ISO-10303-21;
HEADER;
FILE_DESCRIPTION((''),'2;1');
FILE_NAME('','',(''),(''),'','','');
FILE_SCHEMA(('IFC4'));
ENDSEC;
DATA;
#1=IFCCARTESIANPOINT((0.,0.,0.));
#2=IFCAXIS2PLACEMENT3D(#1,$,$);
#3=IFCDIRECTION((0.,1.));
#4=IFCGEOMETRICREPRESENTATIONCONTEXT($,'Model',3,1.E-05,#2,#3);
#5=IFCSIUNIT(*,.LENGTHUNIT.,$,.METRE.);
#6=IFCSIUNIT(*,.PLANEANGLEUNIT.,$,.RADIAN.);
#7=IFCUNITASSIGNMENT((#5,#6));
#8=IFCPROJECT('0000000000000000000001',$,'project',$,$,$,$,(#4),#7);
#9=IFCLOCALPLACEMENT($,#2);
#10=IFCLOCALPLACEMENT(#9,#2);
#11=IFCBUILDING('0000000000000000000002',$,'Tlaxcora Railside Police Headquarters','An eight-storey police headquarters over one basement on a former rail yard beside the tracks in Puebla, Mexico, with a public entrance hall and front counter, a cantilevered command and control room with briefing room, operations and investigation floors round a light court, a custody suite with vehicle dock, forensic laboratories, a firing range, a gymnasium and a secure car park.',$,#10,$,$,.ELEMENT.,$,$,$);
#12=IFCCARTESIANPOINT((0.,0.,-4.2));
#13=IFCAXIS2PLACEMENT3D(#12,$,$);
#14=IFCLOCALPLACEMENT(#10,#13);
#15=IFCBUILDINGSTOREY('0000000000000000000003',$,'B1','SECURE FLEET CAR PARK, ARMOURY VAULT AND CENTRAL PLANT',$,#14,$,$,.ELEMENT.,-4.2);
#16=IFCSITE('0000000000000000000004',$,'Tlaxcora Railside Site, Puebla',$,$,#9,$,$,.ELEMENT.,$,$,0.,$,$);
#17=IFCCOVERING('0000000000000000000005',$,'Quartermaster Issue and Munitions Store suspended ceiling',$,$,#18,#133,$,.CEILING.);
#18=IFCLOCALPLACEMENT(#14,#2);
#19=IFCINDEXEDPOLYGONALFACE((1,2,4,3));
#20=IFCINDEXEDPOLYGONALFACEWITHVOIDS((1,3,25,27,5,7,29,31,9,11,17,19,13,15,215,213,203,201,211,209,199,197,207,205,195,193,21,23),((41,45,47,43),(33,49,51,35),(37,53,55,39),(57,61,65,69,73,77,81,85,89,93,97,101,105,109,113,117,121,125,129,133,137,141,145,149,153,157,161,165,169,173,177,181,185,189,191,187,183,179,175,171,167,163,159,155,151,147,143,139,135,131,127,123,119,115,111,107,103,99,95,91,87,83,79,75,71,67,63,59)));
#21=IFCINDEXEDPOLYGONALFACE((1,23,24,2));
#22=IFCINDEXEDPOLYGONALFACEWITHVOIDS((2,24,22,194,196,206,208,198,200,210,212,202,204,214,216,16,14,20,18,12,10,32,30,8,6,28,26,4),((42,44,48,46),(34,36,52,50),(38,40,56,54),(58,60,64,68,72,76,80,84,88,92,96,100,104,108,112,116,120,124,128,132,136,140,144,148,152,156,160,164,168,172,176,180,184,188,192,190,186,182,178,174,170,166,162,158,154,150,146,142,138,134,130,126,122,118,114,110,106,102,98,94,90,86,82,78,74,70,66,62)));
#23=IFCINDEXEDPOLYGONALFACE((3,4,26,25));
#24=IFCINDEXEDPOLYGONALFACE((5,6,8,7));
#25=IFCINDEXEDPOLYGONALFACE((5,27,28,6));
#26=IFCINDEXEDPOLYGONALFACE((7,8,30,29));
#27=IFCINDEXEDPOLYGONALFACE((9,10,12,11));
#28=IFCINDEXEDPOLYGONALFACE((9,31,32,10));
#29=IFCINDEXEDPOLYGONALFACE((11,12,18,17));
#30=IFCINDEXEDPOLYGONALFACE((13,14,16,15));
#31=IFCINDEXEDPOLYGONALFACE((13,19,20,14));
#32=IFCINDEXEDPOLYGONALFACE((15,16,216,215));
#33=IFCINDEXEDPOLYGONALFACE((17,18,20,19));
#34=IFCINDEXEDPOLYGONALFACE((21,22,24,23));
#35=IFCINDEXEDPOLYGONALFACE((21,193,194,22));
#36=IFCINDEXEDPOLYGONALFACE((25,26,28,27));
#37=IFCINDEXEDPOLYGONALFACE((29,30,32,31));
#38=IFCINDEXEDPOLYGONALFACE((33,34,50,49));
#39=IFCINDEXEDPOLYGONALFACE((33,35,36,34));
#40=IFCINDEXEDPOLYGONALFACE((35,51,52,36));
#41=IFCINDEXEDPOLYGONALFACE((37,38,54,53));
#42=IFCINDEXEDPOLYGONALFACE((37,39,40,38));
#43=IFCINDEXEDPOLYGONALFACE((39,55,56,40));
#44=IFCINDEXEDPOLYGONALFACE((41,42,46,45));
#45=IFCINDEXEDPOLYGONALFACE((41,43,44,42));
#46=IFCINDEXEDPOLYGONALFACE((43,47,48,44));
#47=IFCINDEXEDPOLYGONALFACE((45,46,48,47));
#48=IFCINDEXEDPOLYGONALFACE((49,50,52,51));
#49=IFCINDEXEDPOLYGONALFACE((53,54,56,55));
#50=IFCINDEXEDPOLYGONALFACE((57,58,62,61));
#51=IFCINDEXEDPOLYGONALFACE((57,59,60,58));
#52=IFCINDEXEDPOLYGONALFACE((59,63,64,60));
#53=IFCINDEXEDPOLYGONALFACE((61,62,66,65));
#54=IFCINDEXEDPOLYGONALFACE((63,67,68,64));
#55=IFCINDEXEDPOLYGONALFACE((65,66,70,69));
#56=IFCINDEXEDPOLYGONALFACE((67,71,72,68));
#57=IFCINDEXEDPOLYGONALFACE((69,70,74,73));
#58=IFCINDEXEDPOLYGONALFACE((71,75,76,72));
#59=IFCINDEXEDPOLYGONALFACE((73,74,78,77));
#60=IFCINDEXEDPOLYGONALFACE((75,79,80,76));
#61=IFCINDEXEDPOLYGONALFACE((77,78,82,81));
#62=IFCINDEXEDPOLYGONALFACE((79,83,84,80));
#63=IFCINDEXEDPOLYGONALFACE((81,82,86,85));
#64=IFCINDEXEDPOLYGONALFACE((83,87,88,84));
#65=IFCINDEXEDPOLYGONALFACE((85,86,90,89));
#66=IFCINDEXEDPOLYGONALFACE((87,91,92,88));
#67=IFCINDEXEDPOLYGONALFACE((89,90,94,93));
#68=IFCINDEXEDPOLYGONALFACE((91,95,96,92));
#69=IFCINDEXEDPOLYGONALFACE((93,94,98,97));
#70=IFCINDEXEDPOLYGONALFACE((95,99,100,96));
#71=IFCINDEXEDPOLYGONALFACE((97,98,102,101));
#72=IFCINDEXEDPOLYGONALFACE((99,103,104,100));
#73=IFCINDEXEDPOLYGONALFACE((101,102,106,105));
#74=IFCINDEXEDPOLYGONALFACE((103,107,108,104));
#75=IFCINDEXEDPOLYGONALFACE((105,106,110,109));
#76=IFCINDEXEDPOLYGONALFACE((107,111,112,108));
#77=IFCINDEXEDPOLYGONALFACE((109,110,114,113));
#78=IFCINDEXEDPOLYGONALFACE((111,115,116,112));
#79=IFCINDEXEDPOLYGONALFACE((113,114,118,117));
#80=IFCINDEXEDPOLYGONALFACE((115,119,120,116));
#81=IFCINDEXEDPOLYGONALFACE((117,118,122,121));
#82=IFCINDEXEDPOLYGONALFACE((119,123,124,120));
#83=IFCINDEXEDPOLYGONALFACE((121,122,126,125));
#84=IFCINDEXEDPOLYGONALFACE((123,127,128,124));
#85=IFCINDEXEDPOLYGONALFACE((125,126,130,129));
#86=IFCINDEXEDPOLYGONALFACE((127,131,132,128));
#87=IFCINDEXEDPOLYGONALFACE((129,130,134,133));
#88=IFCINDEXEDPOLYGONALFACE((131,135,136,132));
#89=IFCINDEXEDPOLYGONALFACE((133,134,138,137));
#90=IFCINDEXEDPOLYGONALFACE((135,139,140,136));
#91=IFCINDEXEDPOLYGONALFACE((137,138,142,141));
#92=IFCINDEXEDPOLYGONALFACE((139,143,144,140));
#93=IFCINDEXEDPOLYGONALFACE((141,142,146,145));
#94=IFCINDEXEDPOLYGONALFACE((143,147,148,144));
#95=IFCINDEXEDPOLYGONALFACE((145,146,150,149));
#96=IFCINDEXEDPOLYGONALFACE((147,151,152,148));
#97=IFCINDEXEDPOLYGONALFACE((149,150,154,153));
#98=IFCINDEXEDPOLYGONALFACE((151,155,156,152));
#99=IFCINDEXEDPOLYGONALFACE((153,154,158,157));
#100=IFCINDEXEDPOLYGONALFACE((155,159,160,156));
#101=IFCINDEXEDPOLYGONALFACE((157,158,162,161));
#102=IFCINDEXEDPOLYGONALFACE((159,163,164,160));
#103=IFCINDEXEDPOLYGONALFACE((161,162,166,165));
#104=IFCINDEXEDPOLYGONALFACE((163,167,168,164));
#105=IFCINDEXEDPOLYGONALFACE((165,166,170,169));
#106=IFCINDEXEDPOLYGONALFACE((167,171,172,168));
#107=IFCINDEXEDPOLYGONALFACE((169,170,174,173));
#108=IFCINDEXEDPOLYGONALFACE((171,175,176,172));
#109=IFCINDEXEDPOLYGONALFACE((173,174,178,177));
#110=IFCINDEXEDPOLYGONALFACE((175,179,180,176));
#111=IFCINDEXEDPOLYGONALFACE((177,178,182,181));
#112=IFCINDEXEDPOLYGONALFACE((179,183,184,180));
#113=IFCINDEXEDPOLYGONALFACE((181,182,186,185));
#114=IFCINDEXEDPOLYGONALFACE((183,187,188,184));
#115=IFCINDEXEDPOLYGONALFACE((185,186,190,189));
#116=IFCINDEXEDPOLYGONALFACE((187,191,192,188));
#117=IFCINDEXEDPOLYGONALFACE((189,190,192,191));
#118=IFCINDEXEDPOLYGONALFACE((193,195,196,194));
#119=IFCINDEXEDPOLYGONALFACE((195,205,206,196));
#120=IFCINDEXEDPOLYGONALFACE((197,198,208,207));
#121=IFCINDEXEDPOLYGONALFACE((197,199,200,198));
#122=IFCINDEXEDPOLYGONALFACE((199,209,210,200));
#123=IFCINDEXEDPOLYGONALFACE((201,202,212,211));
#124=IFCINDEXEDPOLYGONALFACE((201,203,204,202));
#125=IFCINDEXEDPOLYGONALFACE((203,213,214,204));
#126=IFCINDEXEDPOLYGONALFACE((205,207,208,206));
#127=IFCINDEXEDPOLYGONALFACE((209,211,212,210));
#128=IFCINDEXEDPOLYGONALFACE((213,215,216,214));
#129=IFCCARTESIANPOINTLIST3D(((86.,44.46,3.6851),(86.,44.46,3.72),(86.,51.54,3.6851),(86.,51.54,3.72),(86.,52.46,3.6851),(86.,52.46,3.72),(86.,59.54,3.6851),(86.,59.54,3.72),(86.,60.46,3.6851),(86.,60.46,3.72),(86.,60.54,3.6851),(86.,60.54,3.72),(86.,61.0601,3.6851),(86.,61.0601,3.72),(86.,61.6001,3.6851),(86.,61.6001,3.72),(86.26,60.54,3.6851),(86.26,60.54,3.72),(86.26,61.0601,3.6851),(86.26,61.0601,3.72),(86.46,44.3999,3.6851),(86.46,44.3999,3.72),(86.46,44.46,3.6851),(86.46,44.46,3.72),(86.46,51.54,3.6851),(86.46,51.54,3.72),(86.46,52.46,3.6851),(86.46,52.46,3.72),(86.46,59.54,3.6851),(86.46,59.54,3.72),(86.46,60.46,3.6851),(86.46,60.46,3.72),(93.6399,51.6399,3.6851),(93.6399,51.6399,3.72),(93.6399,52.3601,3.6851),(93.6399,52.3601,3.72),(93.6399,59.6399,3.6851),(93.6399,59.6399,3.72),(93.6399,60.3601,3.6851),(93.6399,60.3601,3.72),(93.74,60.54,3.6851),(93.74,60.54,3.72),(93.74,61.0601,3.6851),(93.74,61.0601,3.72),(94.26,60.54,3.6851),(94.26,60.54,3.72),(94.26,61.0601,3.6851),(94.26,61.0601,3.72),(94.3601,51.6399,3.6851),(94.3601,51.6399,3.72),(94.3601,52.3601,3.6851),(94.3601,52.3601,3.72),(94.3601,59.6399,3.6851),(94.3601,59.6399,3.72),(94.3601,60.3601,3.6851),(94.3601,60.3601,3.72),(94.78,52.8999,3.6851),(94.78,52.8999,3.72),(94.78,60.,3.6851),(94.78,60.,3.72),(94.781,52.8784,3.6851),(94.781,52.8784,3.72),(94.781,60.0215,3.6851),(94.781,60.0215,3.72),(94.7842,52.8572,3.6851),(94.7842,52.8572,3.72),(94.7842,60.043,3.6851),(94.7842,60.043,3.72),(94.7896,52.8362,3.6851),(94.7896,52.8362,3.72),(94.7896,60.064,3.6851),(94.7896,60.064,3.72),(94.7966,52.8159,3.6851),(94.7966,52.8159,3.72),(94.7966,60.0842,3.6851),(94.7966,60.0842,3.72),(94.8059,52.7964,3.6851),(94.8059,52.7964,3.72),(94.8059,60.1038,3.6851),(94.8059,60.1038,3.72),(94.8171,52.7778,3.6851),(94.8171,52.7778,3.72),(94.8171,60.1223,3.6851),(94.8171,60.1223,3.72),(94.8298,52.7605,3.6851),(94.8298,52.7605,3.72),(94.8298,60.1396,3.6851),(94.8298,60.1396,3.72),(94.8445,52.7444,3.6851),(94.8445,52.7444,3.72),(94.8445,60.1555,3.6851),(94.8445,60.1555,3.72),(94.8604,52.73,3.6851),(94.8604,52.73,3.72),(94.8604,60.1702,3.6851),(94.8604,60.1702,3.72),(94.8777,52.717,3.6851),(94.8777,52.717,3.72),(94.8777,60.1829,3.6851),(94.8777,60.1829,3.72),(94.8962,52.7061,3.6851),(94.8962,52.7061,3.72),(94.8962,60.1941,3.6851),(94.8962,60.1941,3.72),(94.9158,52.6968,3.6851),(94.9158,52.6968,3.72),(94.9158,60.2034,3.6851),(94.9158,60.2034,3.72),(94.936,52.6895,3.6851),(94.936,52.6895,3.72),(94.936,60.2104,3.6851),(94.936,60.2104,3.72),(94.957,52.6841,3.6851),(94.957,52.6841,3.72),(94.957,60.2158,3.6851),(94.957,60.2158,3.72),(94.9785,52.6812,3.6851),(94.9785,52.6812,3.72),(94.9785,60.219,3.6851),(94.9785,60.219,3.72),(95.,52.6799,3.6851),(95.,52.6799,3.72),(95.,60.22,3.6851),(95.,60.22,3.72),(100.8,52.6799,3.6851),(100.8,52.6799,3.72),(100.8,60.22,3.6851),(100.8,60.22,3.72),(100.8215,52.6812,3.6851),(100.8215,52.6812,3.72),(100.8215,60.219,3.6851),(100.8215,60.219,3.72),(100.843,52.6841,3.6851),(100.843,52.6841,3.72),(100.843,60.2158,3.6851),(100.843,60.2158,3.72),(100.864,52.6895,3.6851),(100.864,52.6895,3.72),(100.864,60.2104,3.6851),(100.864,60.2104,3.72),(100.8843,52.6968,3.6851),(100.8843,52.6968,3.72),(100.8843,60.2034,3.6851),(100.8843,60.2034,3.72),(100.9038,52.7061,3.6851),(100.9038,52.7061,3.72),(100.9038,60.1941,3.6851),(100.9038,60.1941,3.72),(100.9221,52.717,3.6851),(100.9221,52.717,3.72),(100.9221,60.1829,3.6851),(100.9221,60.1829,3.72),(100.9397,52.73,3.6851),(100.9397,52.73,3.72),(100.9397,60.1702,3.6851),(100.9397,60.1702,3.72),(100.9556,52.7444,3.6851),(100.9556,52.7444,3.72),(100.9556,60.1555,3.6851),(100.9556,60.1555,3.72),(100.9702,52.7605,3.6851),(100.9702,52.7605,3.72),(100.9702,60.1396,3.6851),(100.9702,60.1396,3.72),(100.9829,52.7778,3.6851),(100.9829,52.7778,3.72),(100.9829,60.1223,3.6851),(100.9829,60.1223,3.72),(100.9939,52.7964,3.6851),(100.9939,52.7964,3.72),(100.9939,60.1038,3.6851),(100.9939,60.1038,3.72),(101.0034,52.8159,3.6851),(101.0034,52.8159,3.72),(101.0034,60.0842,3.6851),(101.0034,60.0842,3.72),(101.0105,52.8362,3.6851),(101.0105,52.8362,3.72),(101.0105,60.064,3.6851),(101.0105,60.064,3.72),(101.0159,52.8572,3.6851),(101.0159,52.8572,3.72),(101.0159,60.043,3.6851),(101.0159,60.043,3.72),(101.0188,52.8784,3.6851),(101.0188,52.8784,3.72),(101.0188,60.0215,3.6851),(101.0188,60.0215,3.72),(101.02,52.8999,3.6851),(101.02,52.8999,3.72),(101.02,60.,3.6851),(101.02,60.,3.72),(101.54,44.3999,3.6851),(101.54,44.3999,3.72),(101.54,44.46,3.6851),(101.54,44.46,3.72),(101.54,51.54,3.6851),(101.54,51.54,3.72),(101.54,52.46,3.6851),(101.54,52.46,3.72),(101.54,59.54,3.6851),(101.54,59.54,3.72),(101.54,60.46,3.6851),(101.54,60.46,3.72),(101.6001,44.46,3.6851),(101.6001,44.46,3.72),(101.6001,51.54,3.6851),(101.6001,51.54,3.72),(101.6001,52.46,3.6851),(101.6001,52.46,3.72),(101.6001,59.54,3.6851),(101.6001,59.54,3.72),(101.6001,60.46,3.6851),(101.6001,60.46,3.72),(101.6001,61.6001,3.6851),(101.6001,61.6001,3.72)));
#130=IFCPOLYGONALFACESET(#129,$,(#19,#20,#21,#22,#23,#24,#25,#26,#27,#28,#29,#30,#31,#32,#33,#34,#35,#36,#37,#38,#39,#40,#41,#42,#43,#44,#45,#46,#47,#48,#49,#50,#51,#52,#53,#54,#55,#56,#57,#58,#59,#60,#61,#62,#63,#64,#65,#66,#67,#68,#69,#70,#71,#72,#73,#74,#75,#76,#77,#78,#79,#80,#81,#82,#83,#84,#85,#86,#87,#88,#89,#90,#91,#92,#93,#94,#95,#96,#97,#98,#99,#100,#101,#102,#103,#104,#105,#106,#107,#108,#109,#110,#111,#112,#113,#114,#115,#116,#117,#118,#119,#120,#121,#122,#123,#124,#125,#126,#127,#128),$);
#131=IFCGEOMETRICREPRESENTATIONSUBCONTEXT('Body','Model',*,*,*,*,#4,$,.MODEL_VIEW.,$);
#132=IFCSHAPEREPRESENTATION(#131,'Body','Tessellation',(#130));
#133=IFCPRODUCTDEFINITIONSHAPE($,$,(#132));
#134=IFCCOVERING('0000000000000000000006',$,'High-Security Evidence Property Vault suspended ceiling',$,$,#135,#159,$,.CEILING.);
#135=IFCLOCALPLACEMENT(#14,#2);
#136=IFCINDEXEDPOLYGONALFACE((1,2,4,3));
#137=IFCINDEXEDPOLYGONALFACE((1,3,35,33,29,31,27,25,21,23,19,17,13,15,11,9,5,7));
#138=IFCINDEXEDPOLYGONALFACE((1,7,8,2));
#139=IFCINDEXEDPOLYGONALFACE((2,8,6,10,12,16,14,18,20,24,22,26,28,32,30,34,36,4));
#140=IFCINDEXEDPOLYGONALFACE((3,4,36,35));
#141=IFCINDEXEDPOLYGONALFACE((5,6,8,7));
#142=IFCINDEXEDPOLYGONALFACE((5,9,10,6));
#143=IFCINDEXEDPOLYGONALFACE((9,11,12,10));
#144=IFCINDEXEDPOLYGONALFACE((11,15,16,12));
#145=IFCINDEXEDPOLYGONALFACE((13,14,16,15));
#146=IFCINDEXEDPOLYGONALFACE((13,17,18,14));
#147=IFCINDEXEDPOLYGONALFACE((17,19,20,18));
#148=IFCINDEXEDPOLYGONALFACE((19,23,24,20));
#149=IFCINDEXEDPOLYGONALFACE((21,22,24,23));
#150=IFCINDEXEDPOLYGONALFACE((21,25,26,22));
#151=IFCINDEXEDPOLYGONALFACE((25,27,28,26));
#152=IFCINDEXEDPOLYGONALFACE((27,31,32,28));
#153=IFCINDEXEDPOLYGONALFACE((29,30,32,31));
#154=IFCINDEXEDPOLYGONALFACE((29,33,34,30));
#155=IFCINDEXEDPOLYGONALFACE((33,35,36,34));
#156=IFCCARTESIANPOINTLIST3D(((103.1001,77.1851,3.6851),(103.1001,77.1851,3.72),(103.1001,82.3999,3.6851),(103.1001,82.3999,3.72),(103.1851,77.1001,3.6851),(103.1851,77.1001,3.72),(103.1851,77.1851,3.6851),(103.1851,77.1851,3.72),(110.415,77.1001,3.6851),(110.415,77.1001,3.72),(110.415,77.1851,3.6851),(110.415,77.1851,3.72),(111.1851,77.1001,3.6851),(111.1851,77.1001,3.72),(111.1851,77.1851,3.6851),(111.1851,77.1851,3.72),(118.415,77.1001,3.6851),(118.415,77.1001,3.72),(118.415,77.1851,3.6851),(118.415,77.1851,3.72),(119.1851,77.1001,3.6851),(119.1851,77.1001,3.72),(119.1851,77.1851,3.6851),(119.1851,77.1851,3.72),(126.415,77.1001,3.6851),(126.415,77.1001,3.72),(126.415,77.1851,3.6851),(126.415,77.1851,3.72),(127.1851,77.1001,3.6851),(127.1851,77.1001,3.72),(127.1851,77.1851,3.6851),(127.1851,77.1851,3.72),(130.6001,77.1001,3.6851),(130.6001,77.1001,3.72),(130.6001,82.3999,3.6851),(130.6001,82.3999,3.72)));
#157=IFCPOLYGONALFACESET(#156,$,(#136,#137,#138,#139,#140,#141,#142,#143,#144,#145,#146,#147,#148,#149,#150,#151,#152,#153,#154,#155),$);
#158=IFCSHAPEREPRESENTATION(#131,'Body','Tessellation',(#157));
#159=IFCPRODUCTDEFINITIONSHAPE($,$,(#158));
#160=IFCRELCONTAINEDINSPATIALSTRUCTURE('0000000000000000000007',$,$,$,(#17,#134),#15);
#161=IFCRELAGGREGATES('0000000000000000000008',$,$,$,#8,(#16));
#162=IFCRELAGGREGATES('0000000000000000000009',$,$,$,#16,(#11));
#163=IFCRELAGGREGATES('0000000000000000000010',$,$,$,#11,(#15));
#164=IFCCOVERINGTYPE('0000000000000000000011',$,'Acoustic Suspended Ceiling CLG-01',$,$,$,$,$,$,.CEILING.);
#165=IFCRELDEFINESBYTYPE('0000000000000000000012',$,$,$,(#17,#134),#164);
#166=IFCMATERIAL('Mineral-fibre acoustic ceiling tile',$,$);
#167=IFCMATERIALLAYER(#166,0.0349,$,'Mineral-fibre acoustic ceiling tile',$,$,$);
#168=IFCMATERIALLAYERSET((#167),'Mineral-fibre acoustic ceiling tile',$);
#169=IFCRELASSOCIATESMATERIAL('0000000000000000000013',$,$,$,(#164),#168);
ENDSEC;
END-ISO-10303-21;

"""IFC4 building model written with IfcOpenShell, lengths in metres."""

from ifc_helpers import new_model, si_unit, direction, frame, origin, place, context, subcontext, project, spatial, polyline, outline, extrude, material, layer, layer_set, type_object, element, save


model = new_model("IFC4")

# Units and contexts
model_context = context("Model", 3, precision=1e-05, world=origin(), true_north=direction((0.0, 1.0)))
body_context = subcontext(model_context, "Body", "Model", "MODEL_VIEW")
ifc_project = project(units=[si_unit("LENGTHUNIT", "METRE"), si_unit("PLANEANGLEUNIT", "RADIAN")], contexts=[model_context])

# Site, building, storey
site_placement = place(None, origin())
site = spatial("IfcSite", under=ifc_project, at=site_placement, Name="Tlaxcora Railside Site, Puebla", CompositionType="ELEMENT", RefElevation=0.0)
building_placement = place(site_placement, origin())
building = spatial("IfcBuilding", under=site, at=building_placement, Name="Tlaxcora Railside Police Headquarters", Description="An eight-storey police headquarters over one basement on a former rail yard beside the tracks in Puebla, Mexico, with a public entrance hall and front counter, a cantilevered command and control room with briefing room, operations and investigation floors round a light court, a custody suite with vehicle dock, forensic laboratories, a firing range, a gymnasium and a secure car park.", CompositionType="ELEMENT")
storey_placement = place(building_placement, frame((0.0, 0.0, -4.2)))
storey = spatial("IfcBuildingStorey", under=building, at=storey_placement, Name="B1", Description="SECURE FLEET CAR PARK, ARMOURY VAULT AND CENTRAL PLANT", CompositionType="ELEMENT", Elevation=-4.2)

# Coverings
ifc_material_1 = material(Name="Mineral-fibre acoustic ceiling tile")
ifc_layer_1 = layer(ifc_material_1, 0.0349, Name="Mineral-fibre acoustic ceiling tile")
ifc_layer_set_1 = layer_set([ifc_layer_1], Name="Mineral-fibre acoustic ceiling tile")
covering_type = type_object("IfcCoveringType", Name="Acoustic Suspended Ceiling CLG-01", PredefinedType="CEILING", material=ifc_layer_set_1)
covering_1_placement = place(storey_placement, frame((0.0, 0.0, 3.6851)))
element("IfcCovering", 1, at=covering_1_placement, inside=storey, type_object=covering_type, Name="Quartermaster Issue and Munitions Store suspended ceiling", PredefinedType="CEILING", context=body_context, shape_type="SweptSolid", body=[
    extrude(outline(polyline([(86.0, 59.54), (86.0, 52.46), (86.46, 52.46), (86.46, 51.54), (86.0, 51.54), (86.0, 44.46), (86.46, 44.46), (86.46, 44.3999), (101.54, 44.3999), (101.54, 44.46), (101.6001, 44.46), (101.6001, 51.54), (101.54, 51.54), (101.54, 52.46), (101.6001, 52.46), (101.6001, 59.54), (101.54, 59.54), (101.54, 60.46), (101.6001, 60.46), (101.6001, 61.6001), (86.0, 61.6001), (86.0, 61.0601), (86.26, 61.0601), (86.26, 60.54), (86.0, 60.54), (86.0, 60.46), (86.46, 60.46), (86.46, 59.54), (86.0, 59.54)]), holes=[polyline([(100.9939, 52.7964), (100.9829, 52.7778), (100.9702, 52.7605), (100.9556, 52.7444), (100.9397, 52.73), (100.9221, 52.717), (100.9038, 52.7061), (100.8843, 52.6968), (100.864, 52.6895), (100.843, 52.6841), (100.8215, 52.6812), (100.8, 52.6799), (95.0, 52.6799), (94.9785, 52.6812), (94.957, 52.6841), (94.936, 52.6895), (94.9158, 52.6968), (94.8962, 52.7061), (94.8777, 52.717), (94.8604, 52.73), (94.8445, 52.7444), (94.8298, 52.7605), (94.8171, 52.7778), (94.8059, 52.7964), (94.7966, 52.8159), (94.7896, 52.8362), (94.7842, 52.8572), (94.781, 52.8784), (94.78, 52.8999), (94.78, 60.0), (94.781, 60.0215), (94.7842, 60.043), (94.7896, 60.064), (94.7966, 60.0842), (94.8059, 60.1038), (94.8171, 60.1223), (94.8298, 60.1396), (94.8445, 60.1555), (94.8604, 60.1702), (94.8777, 60.1829), (94.8962, 60.1941), (94.9158, 60.2034), (94.936, 60.2104), (94.957, 60.2158), (94.9785, 60.219), (95.0, 60.22), (100.8, 60.22), (100.8215, 60.219), (100.843, 60.2158), (100.864, 60.2104), (100.8843, 60.2034), (100.9038, 60.1941), (100.9221, 60.1829), (100.9397, 60.1702), (100.9556, 60.1555), (100.9702, 60.1396), (100.9829, 60.1223), (100.9939, 60.1038), (101.0034, 60.0842), (101.0105, 60.064), (101.0159, 60.043), (101.0188, 60.0215), (101.02, 60.0), (101.02, 52.8999), (101.0188, 52.8784), (101.0159, 52.8572), (101.0105, 52.8362), (101.0034, 52.8159), (100.9939, 52.7964)]), polyline([(94.3601, 52.3601), (94.3601, 51.6399), (93.6399, 51.6399), (93.6399, 52.3601), (94.3601, 52.3601)]), polyline([(94.3601, 59.6399), (93.6399, 59.6399), (93.6399, 60.3601), (94.3601, 60.3601), (94.3601, 59.6399)]), polyline([(93.74, 60.54), (93.74, 61.0601), (94.26, 61.0601), (94.26, 60.54), (93.74, 60.54)])]), origin(), (0.0, 0.0, 1.0), 0.0349),
])
covering_2_placement = place(storey_placement, frame((0.0, 0.0, 3.6851)))
element("IfcCovering", 2, at=covering_2_placement, inside=storey, type_object=covering_type, Name="High-Security Evidence Property Vault suspended ceiling", PredefinedType="CEILING", context=body_context, shape_type="SweptSolid", body=[
    extrude(outline(polyline([(111.1851, 77.1851), (111.1851, 77.1001), (118.415, 77.1001), (118.415, 77.1851), (119.1851, 77.1851), (119.1851, 77.1001), (126.415, 77.1001), (126.415, 77.1851), (127.1851, 77.1851), (127.1851, 77.1001), (130.6001, 77.1001), (130.6001, 82.3999), (103.1001, 82.3999), (103.1001, 77.1851), (103.1851, 77.1851), (103.1851, 77.1001), (110.415, 77.1001), (110.415, 77.1851), (111.1851, 77.1851)])), origin(), (0.0, 0.0, 1.0), 0.0349),
])

save(model, "model.ifc")
